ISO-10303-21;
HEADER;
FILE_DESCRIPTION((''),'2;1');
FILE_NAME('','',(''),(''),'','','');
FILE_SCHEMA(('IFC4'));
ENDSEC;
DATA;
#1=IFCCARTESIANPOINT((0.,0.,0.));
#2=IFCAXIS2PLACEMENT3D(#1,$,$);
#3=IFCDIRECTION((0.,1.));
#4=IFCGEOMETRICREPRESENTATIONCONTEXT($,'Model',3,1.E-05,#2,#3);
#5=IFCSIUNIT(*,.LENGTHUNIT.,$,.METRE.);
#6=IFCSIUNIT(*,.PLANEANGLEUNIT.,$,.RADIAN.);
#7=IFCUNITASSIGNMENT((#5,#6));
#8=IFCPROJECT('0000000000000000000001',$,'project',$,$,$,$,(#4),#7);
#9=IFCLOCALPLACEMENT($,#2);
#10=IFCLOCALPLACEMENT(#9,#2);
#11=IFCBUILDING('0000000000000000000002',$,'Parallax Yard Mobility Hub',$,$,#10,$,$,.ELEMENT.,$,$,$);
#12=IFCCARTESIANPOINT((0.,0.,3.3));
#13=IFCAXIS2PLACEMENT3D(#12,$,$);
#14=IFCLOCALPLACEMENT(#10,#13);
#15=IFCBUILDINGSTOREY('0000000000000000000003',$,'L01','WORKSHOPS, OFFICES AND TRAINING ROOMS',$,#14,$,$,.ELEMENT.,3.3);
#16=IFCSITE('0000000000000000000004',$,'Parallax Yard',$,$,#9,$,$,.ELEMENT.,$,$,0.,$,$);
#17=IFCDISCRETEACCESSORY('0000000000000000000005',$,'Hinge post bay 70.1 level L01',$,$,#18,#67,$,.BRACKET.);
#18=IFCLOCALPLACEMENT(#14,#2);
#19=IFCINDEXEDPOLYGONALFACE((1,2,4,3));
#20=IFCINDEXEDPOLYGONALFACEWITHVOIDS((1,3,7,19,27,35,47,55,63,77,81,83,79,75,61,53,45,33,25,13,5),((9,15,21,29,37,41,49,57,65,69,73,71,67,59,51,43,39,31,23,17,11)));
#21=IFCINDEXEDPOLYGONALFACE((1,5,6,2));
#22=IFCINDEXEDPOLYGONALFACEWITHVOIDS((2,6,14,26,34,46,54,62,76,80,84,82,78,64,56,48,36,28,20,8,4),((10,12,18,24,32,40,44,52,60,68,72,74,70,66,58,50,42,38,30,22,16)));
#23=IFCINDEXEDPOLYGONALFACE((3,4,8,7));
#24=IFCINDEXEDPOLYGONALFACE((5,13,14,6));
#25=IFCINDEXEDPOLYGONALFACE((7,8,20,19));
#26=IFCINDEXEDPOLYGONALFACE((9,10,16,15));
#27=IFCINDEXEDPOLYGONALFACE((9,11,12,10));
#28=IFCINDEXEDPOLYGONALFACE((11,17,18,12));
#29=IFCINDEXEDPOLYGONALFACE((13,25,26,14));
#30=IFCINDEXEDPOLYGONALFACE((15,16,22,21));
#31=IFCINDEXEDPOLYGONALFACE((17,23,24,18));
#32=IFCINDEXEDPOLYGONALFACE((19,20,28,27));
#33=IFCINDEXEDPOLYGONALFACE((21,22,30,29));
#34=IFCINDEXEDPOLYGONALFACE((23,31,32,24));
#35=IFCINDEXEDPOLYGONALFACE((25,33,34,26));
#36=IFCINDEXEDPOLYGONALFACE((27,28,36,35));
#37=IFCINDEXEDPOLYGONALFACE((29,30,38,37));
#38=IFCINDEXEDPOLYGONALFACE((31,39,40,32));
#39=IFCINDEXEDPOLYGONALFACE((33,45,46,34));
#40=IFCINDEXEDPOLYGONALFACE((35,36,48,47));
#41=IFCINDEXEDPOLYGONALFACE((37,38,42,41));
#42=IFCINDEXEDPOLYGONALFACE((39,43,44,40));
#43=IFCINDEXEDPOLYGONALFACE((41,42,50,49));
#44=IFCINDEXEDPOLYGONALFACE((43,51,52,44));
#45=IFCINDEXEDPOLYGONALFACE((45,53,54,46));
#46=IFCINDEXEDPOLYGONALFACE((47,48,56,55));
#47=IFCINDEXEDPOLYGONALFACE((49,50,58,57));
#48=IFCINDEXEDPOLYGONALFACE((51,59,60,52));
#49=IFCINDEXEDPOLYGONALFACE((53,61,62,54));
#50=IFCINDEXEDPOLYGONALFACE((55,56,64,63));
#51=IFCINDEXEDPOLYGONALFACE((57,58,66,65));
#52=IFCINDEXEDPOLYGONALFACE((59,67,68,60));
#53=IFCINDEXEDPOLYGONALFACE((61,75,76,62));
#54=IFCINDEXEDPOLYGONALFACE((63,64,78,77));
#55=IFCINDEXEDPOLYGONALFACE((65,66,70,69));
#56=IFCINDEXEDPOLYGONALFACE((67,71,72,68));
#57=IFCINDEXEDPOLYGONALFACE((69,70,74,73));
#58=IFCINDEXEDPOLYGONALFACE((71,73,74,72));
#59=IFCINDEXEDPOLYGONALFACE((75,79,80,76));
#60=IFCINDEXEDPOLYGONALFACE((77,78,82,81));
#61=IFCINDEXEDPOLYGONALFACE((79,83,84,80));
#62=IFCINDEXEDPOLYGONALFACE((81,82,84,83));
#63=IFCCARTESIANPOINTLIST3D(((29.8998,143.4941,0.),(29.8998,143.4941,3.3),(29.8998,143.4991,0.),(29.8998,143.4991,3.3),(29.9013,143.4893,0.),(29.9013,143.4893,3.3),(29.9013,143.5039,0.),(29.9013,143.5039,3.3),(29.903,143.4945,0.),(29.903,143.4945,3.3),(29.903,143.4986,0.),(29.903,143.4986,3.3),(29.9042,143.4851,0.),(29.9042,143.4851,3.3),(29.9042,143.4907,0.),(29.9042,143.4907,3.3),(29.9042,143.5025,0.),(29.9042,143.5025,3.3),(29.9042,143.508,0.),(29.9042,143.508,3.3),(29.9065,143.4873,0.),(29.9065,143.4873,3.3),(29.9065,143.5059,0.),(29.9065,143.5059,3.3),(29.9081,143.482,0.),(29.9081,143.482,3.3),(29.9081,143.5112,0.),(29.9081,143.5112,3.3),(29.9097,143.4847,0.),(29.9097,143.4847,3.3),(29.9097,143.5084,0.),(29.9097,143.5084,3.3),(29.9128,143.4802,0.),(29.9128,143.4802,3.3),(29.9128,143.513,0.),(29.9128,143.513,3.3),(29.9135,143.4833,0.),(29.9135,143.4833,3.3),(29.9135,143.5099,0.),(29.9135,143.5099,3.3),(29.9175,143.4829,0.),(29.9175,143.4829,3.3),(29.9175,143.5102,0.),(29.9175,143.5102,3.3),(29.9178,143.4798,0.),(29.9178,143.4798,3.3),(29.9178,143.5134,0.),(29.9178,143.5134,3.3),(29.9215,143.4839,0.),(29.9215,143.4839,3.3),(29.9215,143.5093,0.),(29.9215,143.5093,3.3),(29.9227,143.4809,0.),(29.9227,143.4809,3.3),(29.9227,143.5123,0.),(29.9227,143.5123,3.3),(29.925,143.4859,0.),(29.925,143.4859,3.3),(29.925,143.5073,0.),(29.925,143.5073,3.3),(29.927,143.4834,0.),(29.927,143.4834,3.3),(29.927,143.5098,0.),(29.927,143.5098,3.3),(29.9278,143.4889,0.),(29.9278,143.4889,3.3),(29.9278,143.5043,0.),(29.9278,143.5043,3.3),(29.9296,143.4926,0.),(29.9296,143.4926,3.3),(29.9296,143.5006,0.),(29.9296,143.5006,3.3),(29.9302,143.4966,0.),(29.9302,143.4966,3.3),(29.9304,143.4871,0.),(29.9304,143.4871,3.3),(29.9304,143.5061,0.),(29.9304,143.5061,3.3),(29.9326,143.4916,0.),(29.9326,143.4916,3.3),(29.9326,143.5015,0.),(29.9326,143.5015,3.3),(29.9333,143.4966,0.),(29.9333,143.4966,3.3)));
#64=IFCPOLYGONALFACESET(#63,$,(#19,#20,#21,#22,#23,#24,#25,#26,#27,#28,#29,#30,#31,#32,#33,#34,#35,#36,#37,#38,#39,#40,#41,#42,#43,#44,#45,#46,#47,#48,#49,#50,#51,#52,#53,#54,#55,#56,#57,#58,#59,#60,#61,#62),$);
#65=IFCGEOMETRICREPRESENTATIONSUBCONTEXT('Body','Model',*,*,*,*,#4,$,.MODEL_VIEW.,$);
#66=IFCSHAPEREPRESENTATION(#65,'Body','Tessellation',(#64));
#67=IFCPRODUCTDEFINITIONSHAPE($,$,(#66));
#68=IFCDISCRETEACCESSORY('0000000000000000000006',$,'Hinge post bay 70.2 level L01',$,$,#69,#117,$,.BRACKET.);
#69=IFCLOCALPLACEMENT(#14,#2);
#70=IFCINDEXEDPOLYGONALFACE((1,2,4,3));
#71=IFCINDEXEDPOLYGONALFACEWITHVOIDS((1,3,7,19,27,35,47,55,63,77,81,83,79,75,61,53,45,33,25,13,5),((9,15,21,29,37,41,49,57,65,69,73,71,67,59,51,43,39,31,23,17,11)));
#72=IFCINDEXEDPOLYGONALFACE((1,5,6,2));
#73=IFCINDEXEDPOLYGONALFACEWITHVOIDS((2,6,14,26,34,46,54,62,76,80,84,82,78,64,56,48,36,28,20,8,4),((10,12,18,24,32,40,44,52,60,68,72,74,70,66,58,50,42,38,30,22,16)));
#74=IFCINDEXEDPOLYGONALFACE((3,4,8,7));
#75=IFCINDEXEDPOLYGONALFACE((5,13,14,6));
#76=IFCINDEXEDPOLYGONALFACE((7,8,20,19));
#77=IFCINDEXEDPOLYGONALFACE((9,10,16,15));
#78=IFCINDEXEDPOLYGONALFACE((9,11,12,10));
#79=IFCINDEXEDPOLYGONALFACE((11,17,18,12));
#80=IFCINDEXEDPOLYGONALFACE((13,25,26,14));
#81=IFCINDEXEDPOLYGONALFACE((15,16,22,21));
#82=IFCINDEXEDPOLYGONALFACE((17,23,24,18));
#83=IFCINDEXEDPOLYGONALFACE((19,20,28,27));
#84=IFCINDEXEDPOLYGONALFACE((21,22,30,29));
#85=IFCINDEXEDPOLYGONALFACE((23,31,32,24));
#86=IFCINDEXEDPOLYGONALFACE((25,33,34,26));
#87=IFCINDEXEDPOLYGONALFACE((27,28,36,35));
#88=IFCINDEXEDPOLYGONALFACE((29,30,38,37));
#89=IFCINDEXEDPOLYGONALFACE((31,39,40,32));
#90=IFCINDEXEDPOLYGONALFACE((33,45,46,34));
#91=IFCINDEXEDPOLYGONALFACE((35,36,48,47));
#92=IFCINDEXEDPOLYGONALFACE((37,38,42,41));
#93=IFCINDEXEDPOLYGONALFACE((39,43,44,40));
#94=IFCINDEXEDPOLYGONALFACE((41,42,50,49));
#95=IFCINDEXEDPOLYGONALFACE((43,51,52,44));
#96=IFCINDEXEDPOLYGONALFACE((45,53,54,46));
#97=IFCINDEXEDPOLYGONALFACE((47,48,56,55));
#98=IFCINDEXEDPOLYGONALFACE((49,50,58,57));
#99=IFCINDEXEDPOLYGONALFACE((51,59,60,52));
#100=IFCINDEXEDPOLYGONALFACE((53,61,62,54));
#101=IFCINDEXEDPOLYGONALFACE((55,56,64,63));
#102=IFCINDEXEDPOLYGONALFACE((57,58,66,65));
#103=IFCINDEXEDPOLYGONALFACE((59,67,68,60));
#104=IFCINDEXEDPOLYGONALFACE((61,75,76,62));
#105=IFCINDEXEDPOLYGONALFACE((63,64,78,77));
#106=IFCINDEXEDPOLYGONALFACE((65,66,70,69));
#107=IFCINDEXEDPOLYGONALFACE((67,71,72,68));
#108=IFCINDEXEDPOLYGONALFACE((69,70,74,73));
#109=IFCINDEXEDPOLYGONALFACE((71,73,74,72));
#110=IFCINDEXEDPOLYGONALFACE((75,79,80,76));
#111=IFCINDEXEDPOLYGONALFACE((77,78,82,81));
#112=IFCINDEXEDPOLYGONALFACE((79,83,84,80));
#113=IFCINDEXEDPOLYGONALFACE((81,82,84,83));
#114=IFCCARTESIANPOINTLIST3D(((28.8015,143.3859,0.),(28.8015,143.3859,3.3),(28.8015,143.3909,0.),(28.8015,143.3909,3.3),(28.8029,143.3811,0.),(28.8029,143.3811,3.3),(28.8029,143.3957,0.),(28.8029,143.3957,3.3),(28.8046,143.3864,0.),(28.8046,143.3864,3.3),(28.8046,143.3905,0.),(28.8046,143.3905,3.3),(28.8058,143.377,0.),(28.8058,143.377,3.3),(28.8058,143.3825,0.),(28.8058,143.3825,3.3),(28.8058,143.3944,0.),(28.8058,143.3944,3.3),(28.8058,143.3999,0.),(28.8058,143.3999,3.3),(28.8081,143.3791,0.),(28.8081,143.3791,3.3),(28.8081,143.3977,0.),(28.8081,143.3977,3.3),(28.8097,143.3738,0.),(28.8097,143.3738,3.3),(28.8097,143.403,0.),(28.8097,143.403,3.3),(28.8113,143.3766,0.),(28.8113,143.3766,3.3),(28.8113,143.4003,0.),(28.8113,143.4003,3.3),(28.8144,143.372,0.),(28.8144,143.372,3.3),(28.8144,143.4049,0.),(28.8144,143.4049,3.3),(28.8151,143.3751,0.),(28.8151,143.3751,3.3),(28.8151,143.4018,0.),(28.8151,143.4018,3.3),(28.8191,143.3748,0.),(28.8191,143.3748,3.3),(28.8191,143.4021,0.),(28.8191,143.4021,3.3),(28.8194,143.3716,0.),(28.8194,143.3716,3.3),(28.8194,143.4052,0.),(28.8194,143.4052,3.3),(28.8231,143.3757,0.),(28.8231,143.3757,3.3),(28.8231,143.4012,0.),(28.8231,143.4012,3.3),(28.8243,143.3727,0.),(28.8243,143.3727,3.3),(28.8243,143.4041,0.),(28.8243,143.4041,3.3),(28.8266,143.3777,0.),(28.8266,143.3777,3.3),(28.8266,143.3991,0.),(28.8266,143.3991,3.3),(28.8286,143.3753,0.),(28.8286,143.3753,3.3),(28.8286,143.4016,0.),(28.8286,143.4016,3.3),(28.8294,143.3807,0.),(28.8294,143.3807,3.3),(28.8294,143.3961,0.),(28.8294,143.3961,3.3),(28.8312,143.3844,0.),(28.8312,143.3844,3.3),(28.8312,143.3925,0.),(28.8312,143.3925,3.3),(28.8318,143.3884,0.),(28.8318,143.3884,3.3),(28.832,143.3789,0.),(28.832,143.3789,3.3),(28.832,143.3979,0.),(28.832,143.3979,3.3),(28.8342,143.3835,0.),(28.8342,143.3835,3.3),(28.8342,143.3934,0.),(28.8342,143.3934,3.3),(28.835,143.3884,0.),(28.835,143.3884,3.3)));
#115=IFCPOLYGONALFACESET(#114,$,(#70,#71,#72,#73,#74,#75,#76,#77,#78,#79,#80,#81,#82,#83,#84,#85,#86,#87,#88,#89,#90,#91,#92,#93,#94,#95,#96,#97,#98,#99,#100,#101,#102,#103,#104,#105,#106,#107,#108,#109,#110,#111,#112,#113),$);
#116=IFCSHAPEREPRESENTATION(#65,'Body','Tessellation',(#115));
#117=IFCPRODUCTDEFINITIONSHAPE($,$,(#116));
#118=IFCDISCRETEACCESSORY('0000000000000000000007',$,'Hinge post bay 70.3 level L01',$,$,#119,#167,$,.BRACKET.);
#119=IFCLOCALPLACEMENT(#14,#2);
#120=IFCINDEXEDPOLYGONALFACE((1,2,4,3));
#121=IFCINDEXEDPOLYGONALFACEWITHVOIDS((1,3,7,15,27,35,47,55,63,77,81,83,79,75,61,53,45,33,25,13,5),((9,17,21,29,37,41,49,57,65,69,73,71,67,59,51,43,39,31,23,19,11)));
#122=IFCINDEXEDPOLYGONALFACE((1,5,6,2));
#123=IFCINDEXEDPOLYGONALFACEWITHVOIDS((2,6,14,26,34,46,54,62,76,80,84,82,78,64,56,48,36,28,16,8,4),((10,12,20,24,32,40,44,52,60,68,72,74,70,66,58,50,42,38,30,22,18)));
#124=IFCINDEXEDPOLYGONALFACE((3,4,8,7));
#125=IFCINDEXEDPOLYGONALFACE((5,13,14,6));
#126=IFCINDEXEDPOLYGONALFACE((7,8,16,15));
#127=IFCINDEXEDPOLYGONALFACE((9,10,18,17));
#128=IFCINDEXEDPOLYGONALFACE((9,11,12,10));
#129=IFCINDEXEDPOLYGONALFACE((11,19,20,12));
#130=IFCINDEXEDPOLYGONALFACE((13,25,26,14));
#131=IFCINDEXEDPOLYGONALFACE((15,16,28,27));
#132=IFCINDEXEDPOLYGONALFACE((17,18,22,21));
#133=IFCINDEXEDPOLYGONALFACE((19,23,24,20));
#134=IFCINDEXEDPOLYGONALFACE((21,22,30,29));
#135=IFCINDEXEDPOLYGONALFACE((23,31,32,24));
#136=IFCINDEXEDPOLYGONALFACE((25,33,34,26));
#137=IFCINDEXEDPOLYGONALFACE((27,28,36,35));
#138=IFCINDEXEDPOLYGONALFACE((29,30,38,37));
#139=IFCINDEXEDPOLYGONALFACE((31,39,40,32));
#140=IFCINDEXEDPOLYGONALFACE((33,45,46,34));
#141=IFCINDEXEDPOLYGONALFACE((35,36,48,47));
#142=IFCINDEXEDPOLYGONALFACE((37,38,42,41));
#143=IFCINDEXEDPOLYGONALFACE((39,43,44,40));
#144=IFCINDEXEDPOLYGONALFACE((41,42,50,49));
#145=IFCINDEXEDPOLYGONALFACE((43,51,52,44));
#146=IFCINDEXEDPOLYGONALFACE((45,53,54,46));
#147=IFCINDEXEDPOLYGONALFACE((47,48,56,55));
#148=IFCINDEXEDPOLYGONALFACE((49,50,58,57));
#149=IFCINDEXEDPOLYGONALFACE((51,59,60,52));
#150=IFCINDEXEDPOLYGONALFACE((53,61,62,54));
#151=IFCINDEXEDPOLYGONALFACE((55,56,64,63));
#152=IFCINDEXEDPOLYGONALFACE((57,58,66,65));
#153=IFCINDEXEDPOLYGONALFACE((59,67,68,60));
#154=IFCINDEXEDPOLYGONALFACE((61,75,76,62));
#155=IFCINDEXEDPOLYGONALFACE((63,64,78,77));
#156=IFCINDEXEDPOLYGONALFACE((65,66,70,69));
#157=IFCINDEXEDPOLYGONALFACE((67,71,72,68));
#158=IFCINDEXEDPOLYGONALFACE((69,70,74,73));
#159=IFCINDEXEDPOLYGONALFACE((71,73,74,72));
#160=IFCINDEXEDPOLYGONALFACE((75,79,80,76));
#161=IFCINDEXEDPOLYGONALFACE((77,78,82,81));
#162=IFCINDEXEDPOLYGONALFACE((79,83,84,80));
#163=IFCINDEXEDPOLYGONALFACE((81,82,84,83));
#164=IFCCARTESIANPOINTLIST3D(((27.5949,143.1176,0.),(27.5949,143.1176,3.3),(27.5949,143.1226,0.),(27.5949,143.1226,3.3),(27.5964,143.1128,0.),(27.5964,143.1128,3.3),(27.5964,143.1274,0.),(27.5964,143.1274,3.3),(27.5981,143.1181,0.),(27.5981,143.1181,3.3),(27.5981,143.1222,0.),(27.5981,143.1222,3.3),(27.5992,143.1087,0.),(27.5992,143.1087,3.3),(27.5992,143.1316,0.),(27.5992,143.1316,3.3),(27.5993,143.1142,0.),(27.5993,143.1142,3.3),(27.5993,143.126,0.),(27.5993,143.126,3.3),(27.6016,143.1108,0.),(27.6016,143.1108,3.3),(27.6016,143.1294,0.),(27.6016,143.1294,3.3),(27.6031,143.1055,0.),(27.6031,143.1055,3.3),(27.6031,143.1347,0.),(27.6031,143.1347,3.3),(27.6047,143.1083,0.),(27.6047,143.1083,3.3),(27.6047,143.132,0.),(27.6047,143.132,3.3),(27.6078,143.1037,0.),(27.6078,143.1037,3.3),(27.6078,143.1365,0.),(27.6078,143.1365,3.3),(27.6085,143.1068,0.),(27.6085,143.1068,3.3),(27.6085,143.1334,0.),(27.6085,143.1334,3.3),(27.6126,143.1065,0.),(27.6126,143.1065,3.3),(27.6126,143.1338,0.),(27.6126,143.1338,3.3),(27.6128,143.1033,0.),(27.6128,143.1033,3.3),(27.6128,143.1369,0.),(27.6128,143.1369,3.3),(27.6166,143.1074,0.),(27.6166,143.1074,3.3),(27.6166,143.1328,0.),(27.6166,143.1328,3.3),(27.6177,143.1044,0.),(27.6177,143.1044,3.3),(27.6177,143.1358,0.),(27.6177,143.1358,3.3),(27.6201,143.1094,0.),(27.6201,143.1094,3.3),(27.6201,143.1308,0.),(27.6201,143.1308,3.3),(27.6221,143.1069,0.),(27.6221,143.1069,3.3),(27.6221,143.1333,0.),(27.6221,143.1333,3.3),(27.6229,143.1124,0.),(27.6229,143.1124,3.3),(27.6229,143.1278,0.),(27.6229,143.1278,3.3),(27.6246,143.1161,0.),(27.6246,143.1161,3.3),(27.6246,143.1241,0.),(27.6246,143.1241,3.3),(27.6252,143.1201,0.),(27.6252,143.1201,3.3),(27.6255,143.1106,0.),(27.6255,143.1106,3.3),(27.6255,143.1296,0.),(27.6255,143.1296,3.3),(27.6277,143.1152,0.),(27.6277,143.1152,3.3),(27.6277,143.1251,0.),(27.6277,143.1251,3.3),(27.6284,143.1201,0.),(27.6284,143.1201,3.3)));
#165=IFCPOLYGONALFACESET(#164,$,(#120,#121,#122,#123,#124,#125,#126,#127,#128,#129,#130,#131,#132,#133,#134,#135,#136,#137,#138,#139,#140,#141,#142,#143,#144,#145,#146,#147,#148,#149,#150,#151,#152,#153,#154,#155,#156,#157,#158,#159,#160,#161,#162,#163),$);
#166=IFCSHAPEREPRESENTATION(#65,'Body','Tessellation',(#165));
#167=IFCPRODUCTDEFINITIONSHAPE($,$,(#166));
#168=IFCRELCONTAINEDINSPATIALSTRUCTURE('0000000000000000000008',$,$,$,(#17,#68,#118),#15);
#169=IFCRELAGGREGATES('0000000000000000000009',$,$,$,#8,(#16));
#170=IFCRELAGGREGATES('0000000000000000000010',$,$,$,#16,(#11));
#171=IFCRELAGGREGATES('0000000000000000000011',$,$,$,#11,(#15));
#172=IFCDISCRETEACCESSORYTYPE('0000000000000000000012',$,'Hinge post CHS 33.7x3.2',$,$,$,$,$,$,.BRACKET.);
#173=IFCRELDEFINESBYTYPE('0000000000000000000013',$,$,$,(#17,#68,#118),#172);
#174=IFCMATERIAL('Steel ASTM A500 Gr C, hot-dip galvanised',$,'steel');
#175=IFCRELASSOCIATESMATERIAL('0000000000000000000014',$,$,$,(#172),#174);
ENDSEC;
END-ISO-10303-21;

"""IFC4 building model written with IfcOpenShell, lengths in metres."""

from ifc_helpers import new_model, si_unit, direction, frame, origin, origin_2d, place, context, subcontext, project, spatial, hollow_circle, extrude, material, material_profile, profile_set, type_object, element, save


model = new_model("IFC4")

# Units and contexts
model_context = context("Model", 3, precision=1e-05, world=origin(), true_north=direction((0.0, 1.0)))
body_context = subcontext(model_context, "Body", "Model", "MODEL_VIEW")
ifc_project = project(units=[si_unit("LENGTHUNIT", "METRE"), si_unit("PLANEANGLEUNIT", "RADIAN")], contexts=[model_context])

# Site, building, storey
site_placement = place(None, origin())
site = spatial("IfcSite", under=ifc_project, at=site_placement, Name="Parallax Yard", CompositionType="ELEMENT", RefElevation=0.0)
building_placement = place(site_placement, origin())
building = spatial("IfcBuilding", under=site, at=building_placement, Name="Parallax Yard Mobility Hub", CompositionType="ELEMENT")
storey_placement = place(building_placement, frame((0.0, 0.0, 3.3)))
storey = spatial("IfcBuildingStorey", under=building, at=storey_placement, Name="L01", Description="WORKSHOPS, OFFICES AND TRAINING ROOMS", CompositionType="ELEMENT", Elevation=3.3)

# Discrete accessories
ifc_material_1 = material(Name="Steel ASTM A500 Gr C, hot-dip galvanised", Category="steel")
ifc_material_profile = material_profile(ifc_material_1, hollow_circle(Radius=0.0168, WallThickness=0.0032, at=origin_2d()), Name="CHS 33.7x3.2")
ifc_profile_set = profile_set([ifc_material_profile], Name="Steel ASTM A500 Gr C, hot-dip galvanised")
discrete_accessory_type_1 = type_object("IfcDiscreteAccessoryType", Name="Hinge post CHS 33.7x3.2", PredefinedType="BRACKET", material=ifc_profile_set)
for number, where, z_axis, x_axis, name in (
    (1, (29.9165, 143.4966, 0.0), (0.0, 0.0, 1.0), (1.0, 0.0, 0.0), "Hinge post bay 70.1 level L01"),
    (2, (28.8181, 143.3884, 0.0), (0.0, 0.0, 1.0), (1.0, 0.0, 0.0), "Hinge post bay 70.2 level L01"),
    (3, (27.6116, 143.1201, 0.0), (0.0, 0.0, 1.0), (1.0, 0.0, 0.0), "Hinge post bay 70.3 level L01"),
):
    element("IfcDiscreteAccessory", number, at=place(storey_placement, frame(where, z_axis=z_axis, x_axis=x_axis)), inside=storey, type_object=discrete_accessory_type_1, Name=name, PredefinedType="BRACKET", context=body_context, shape_type="SweptSolid", body=[
        extrude(hollow_circle(Radius=0.0168, WallThickness=0.0032, at=origin_2d()), origin(), (0.0, 0.0, 1.0), 3.3),
    ])

save(model, "model.ifc")
